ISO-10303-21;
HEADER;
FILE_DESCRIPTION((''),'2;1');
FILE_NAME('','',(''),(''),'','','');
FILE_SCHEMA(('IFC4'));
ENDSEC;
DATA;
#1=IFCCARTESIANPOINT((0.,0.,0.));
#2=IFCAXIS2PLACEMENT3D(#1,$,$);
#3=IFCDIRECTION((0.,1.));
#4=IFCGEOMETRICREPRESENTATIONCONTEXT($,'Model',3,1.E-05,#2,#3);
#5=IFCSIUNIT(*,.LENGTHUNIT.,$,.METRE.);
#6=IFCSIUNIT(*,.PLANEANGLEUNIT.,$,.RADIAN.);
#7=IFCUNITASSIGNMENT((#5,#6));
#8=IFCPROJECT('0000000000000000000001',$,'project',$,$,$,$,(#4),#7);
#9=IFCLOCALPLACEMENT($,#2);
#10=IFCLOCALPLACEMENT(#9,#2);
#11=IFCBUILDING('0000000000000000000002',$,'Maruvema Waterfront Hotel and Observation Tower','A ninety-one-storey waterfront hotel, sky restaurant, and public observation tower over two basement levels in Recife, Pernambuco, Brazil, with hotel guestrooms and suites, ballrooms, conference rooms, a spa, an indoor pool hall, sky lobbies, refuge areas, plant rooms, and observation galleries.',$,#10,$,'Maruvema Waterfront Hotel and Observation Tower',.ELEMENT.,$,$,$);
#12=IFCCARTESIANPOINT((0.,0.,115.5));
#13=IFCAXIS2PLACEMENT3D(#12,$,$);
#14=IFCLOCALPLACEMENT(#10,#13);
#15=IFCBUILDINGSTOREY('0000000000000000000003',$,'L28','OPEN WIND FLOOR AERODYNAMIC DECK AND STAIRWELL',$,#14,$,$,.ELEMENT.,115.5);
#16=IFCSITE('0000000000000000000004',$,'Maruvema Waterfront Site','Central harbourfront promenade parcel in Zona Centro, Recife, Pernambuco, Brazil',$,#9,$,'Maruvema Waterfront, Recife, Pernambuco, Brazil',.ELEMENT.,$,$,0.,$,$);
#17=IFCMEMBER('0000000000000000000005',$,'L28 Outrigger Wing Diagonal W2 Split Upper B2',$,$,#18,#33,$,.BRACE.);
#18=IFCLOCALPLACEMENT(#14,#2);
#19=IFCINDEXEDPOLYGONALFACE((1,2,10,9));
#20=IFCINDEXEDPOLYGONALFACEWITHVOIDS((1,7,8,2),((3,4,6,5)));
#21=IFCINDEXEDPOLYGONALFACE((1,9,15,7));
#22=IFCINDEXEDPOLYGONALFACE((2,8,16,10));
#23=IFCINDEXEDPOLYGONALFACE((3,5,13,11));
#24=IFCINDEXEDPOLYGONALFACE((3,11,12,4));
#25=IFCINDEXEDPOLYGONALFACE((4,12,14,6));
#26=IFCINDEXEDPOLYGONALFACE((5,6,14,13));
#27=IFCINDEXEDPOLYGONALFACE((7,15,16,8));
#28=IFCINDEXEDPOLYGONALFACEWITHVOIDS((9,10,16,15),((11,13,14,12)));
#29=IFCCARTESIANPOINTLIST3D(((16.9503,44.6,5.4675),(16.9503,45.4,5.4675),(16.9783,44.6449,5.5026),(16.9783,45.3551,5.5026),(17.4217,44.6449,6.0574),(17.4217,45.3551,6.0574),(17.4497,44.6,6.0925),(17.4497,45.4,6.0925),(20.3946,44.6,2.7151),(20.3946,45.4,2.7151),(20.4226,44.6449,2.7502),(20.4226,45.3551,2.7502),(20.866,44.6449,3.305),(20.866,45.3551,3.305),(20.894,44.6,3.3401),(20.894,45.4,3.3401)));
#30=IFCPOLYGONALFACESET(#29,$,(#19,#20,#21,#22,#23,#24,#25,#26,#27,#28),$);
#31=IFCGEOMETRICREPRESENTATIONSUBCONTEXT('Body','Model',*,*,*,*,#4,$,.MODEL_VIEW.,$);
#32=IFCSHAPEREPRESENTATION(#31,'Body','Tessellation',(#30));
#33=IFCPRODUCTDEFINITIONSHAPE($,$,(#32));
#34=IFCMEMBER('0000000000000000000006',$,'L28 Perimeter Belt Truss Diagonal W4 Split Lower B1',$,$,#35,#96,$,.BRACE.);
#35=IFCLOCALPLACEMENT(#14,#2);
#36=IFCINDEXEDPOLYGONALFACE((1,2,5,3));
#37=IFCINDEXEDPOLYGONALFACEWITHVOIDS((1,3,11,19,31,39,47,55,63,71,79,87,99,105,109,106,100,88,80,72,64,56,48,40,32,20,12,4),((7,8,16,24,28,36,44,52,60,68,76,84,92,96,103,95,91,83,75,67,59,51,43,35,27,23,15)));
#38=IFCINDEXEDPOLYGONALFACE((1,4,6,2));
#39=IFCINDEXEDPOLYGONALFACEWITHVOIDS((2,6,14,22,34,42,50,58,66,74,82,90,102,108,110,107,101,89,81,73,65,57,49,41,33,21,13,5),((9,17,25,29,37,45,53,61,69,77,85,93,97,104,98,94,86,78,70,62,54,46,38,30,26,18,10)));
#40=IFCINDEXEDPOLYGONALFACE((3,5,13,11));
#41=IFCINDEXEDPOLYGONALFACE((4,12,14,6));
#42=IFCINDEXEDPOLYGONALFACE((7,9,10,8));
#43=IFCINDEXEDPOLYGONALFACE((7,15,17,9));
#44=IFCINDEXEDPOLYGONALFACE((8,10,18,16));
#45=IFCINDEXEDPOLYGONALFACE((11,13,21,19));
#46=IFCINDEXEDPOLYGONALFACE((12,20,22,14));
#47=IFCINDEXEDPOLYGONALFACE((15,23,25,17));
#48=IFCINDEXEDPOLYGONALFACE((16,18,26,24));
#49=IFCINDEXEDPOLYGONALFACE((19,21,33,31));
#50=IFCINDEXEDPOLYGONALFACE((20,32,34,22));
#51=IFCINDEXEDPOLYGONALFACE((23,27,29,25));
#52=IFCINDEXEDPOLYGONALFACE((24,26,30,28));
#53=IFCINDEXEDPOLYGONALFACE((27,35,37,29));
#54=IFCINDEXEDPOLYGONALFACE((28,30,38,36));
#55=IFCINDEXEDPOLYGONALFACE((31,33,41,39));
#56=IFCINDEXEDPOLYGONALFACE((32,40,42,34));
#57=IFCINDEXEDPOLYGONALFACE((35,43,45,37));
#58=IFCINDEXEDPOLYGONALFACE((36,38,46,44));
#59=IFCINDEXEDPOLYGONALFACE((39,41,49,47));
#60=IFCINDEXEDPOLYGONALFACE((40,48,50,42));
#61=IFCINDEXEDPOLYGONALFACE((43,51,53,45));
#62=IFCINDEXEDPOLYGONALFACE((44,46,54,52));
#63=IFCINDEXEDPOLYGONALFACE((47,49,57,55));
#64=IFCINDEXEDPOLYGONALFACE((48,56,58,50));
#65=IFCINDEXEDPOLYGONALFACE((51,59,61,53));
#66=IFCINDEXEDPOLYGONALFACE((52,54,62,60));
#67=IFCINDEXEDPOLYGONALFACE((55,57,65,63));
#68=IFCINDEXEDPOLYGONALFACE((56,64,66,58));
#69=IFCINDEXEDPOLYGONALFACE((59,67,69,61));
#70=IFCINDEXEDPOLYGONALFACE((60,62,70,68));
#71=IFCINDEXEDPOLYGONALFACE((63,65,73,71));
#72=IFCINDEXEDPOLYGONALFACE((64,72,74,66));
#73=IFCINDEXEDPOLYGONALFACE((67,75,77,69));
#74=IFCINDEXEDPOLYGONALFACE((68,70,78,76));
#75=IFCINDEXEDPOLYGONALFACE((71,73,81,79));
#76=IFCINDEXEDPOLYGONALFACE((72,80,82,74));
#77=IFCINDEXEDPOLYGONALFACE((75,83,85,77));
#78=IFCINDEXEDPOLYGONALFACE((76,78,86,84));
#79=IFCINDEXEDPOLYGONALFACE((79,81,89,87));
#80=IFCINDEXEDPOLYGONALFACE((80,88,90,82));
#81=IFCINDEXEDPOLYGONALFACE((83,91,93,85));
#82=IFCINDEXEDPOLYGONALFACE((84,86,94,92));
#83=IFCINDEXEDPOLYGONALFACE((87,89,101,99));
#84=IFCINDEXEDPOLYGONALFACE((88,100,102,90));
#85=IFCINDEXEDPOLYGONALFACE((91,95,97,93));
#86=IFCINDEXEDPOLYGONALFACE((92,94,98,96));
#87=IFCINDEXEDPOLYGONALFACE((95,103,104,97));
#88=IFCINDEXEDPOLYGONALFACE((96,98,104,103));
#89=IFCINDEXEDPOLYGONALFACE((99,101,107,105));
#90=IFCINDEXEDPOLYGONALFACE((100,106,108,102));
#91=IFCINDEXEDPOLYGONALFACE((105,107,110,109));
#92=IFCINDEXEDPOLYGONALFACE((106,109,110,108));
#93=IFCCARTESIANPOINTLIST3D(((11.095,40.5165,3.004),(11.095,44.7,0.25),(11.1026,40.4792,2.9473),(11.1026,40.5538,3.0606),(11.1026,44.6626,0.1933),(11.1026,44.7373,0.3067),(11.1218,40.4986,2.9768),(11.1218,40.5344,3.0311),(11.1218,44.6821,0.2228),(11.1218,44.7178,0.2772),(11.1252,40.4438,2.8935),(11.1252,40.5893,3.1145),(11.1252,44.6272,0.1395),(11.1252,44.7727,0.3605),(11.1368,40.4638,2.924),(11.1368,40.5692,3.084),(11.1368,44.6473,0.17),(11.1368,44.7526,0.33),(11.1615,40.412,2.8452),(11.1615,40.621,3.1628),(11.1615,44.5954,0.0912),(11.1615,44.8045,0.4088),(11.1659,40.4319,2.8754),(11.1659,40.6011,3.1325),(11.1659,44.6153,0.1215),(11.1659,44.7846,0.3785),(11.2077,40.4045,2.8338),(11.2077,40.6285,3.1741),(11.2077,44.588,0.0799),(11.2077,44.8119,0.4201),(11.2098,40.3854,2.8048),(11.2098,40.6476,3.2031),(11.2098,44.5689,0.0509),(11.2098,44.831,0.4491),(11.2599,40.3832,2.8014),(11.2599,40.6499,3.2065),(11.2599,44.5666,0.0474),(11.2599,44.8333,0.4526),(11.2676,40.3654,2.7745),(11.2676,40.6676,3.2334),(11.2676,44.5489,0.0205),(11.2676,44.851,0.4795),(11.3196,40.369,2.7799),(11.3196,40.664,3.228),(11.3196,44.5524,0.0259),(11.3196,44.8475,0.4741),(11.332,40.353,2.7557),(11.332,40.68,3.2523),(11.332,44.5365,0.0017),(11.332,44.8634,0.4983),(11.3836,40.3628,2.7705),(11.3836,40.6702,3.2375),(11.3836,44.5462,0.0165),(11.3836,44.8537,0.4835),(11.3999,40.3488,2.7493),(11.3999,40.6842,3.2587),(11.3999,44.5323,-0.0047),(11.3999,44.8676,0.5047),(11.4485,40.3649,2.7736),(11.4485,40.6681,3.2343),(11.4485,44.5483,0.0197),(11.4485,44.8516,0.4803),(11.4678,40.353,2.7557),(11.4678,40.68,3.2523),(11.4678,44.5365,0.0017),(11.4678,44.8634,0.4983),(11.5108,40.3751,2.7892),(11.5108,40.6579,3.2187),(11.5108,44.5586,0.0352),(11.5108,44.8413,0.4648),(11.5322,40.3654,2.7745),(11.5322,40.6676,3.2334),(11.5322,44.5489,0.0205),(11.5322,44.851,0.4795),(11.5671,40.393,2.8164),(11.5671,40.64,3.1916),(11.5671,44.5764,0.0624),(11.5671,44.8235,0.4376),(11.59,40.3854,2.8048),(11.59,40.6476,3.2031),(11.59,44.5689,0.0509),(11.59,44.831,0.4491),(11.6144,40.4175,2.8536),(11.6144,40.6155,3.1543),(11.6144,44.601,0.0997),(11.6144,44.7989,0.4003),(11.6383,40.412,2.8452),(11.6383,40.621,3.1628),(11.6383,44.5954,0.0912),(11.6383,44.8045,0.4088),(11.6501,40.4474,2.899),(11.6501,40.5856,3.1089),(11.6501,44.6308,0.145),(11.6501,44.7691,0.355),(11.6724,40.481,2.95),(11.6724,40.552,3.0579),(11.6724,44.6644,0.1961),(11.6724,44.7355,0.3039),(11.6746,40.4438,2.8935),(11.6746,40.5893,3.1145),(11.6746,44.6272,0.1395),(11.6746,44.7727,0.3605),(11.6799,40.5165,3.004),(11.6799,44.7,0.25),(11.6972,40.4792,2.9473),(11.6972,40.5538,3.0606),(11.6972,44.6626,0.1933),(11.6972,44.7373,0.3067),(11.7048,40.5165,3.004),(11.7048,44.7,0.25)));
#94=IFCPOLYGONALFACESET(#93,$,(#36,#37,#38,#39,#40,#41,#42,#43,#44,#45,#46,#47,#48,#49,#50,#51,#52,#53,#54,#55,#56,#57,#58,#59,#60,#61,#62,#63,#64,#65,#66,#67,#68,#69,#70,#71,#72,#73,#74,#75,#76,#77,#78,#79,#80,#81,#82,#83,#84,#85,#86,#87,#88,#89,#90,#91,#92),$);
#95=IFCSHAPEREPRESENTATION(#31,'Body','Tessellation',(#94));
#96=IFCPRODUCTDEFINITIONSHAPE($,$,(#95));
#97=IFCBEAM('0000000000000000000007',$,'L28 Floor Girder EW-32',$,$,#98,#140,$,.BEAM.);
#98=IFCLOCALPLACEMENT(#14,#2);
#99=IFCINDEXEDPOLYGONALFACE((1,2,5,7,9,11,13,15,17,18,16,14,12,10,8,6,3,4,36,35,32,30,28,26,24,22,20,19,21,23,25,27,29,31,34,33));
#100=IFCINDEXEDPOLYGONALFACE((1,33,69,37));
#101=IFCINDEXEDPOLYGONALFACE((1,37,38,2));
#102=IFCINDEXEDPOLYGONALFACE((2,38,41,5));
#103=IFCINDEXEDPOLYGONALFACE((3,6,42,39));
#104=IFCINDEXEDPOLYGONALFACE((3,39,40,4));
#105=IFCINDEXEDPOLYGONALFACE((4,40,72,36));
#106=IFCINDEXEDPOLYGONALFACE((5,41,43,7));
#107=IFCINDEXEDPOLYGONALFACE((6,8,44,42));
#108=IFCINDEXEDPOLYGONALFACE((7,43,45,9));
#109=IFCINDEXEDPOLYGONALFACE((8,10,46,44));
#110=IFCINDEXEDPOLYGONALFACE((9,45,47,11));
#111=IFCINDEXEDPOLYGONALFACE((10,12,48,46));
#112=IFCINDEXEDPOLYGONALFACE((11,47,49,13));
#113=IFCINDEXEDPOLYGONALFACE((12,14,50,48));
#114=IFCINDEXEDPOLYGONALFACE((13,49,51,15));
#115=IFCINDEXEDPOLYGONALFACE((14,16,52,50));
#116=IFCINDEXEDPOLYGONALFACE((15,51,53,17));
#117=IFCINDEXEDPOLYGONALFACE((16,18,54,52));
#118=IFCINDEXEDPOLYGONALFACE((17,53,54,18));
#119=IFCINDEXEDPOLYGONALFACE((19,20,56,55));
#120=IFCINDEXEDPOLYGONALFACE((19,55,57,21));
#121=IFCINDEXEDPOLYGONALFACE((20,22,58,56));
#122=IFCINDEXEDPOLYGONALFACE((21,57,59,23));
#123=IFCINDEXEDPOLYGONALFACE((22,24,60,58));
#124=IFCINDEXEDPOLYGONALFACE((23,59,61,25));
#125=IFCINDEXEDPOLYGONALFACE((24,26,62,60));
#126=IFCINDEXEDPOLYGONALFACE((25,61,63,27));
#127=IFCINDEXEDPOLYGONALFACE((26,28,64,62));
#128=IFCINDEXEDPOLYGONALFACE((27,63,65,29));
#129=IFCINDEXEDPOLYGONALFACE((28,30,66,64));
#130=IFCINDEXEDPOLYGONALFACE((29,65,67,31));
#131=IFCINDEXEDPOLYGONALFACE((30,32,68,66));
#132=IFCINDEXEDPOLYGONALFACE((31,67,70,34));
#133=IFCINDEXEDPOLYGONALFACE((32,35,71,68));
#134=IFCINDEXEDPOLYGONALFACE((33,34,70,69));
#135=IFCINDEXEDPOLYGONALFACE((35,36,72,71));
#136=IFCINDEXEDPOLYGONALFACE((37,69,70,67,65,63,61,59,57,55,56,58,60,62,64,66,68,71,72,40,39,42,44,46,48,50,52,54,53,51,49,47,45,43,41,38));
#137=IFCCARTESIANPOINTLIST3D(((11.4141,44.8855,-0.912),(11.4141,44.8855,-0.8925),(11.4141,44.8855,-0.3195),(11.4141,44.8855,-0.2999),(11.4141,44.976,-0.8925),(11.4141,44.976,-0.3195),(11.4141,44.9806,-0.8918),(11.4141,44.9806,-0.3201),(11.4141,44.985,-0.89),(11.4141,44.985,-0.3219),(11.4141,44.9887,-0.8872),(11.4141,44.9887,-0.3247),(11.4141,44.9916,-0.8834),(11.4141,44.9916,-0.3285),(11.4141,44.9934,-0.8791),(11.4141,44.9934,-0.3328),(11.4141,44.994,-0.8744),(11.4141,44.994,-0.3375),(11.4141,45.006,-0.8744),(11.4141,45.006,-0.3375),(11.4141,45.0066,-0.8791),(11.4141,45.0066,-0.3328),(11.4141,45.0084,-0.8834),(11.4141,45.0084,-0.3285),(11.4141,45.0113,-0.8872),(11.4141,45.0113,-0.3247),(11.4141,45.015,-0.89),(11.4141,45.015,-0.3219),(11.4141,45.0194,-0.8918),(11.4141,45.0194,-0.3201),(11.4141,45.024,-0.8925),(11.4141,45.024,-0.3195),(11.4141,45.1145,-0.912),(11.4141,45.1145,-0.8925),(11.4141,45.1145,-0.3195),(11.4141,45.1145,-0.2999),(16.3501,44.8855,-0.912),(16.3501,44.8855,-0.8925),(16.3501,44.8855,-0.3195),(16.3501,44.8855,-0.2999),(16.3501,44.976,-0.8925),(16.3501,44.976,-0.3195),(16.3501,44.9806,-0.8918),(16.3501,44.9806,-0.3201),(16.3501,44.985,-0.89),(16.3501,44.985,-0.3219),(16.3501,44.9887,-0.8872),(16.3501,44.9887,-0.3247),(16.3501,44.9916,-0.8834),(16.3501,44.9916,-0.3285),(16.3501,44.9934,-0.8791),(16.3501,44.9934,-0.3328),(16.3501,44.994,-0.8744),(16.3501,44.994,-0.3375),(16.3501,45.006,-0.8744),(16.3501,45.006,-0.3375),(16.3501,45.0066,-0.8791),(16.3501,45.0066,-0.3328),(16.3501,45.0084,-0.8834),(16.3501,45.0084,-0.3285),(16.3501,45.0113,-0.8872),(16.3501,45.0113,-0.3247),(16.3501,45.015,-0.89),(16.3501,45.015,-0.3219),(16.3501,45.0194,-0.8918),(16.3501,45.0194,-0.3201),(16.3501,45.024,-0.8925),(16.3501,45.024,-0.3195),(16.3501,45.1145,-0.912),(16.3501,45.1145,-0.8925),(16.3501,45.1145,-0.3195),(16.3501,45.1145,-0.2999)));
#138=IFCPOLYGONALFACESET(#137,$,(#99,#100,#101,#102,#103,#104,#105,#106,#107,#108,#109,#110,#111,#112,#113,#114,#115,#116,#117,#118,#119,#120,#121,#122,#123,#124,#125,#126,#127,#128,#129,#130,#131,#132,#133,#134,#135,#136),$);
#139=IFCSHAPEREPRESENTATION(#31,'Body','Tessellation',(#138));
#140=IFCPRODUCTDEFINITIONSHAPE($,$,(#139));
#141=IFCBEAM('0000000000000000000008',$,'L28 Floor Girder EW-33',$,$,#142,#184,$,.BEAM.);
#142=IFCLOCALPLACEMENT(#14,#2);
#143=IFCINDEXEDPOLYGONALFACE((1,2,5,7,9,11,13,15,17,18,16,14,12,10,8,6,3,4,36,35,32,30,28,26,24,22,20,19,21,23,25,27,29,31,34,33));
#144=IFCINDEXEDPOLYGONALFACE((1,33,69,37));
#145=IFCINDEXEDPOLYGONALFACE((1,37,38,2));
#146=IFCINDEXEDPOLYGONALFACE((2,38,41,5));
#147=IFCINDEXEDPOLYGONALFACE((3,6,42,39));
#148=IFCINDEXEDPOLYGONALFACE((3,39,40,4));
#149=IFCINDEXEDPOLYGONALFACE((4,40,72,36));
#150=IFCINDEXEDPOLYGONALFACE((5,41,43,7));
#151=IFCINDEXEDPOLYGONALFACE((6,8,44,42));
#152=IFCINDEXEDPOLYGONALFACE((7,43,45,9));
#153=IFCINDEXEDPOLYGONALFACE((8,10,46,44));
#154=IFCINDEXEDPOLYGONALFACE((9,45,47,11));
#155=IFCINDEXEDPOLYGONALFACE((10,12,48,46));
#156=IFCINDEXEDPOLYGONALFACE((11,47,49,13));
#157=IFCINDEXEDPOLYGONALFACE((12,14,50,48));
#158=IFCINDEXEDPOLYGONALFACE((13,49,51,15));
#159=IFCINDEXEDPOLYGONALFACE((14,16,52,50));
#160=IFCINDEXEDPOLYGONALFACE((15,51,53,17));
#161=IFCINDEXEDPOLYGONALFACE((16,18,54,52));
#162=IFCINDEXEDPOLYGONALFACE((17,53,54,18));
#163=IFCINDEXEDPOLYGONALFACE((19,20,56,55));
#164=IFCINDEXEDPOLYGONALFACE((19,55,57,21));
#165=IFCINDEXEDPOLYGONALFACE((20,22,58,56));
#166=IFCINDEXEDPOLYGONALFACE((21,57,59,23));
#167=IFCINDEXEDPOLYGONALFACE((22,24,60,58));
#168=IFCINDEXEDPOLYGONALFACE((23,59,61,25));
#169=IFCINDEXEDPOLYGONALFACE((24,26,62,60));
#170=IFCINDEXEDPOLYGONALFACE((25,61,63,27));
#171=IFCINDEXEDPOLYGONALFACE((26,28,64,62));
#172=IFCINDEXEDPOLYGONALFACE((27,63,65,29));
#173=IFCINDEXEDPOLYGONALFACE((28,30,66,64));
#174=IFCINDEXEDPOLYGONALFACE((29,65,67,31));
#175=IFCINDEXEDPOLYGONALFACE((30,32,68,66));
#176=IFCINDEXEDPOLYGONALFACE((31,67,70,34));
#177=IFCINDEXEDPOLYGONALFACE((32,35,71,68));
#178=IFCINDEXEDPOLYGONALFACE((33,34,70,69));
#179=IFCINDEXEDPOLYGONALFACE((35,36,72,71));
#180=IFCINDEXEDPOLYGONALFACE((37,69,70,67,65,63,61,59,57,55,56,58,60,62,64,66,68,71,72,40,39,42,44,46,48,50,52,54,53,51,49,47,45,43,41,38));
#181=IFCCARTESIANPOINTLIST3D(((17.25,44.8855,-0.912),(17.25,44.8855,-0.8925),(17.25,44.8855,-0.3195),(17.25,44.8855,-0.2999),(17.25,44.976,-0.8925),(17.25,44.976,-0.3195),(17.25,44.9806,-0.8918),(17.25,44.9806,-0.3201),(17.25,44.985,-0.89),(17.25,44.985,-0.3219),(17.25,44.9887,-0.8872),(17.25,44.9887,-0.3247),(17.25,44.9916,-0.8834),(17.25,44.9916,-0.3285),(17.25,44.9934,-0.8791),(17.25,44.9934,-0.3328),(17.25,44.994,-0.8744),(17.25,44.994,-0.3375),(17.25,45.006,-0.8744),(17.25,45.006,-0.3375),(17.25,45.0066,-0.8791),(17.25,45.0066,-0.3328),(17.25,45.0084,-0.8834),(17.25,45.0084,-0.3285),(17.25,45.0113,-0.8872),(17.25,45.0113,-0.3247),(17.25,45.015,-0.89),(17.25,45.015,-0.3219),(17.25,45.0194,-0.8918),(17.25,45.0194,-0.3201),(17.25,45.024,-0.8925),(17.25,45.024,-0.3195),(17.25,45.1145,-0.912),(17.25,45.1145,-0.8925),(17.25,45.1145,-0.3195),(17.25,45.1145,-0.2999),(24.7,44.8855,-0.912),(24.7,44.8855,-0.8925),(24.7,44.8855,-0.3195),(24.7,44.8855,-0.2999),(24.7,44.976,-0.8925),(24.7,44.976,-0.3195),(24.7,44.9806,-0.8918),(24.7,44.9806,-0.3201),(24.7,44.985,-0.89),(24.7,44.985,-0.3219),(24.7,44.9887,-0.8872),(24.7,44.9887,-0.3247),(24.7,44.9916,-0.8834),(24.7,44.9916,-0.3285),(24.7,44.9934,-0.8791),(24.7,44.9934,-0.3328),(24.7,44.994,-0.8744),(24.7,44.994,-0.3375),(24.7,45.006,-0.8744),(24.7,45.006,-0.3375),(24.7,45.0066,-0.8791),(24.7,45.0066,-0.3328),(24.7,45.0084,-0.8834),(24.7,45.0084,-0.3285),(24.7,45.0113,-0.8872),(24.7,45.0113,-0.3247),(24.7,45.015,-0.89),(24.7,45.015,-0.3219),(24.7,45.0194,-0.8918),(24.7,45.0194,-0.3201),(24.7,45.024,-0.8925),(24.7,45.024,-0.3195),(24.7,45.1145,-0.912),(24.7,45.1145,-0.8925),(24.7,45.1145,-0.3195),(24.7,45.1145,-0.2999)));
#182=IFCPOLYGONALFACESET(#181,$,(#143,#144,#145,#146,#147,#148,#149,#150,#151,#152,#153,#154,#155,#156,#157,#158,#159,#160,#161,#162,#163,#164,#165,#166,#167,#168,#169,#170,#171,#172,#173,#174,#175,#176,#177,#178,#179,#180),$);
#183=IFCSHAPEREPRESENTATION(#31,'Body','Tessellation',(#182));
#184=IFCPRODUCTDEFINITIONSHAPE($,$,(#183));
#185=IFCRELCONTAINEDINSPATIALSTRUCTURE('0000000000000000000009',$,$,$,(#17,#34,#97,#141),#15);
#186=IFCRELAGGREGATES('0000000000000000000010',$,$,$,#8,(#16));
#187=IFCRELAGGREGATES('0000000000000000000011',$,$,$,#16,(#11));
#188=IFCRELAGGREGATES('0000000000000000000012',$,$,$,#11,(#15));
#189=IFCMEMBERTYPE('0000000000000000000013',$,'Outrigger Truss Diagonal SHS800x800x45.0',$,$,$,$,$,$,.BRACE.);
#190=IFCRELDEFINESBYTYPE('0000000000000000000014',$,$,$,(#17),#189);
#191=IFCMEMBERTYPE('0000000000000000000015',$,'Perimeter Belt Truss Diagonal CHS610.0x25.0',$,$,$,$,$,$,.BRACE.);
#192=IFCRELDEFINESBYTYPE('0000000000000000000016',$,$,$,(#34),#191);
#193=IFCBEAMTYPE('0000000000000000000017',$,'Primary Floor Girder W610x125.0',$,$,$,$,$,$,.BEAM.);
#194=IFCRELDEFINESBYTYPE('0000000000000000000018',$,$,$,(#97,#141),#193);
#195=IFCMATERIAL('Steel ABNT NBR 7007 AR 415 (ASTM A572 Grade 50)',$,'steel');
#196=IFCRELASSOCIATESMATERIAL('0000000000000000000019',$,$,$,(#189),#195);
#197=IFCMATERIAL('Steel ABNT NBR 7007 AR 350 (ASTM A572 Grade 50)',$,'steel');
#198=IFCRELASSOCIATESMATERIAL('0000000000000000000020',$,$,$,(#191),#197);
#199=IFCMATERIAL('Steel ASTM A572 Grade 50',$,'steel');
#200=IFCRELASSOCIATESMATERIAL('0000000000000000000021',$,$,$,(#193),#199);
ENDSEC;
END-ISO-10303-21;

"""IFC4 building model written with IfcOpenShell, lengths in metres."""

from ifc_helpers import new_model, si_unit, direction, frame, origin, origin_2d, place, context, subcontext, project, spatial, hollow_rectangle, hollow_circle, i_section, extrude, material, material_profile, profile_set, type_object, element, save


model = new_model("IFC4")

# Units and contexts
model_context = context("Model", 3, precision=1e-05, world=origin(), true_north=direction((0.0, 1.0)))
body_context = subcontext(model_context, "Body", "Model", "MODEL_VIEW")
ifc_project = project(units=[si_unit("LENGTHUNIT", "METRE"), si_unit("PLANEANGLEUNIT", "RADIAN")], contexts=[model_context])

# Site, building, storey
site_placement = place(None, origin())
site = spatial("IfcSite", under=ifc_project, at=site_placement, Name="Maruvema Waterfront Site", Description="Central harbourfront promenade parcel in Zona Centro, Recife, Pernambuco, Brazil", LongName="Maruvema Waterfront, Recife, Pernambuco, Brazil", CompositionType="ELEMENT", RefElevation=0.0)
building_placement = place(site_placement, origin())
building = spatial("IfcBuilding", under=site, at=building_placement, Name="Maruvema Waterfront Hotel and Observation Tower", Description="A ninety-one-storey waterfront hotel, sky restaurant, and public observation tower over two basement levels in Recife, Pernambuco, Brazil, with hotel guestrooms and suites, ballrooms, conference rooms, a spa, an indoor pool hall, sky lobbies, refuge areas, plant rooms, and observation galleries.", LongName="Maruvema Waterfront Hotel and Observation Tower", CompositionType="ELEMENT")
storey_placement = place(building_placement, frame((0.0, 0.0, 115.5)))
storey = spatial("IfcBuildingStorey", under=building, at=storey_placement, Name="L28", Description="OPEN WIND FLOOR AERODYNAMIC DECK AND STAIRWELL", CompositionType="ELEMENT", Elevation=115.5)

# Members
ifc_material_1 = material(Name="Steel ABNT NBR 7007 AR 415 (ASTM A572 Grade 50)", Category="steel")
ifc_material_profile_1 = material_profile(ifc_material_1, hollow_rectangle(XDim=0.8, YDim=0.8, WallThickness=0.0449, at=origin_2d()), Name="SHS800x800x45.0")
ifc_profile_set_1 = profile_set([ifc_material_profile_1], Name="Steel ABNT NBR 7007 AR 415 (ASTM A572 Grade 50)")
member_type_1 = type_object("IfcMemberType", Name="Outrigger Truss Diagonal SHS800x800x45.0", PredefinedType="BRACE", material=ifc_profile_set_1)
member_1_placement = place(storey_placement, frame((20.6443, 45.0, 3.0276), z_axis=(-0.781204, 0.0, 0.624276), x_axis=(0.0, -1.0, 0.0)))
element("IfcMember", 1, at=member_1_placement, inside=storey, type_object=member_type_1, Name="L28 Outrigger Wing Diagonal W2 Split Upper B2", PredefinedType="BRACE", context=body_context, shape_type="SweptSolid", body=[
    extrude(hollow_rectangle(XDim=0.8, YDim=0.8, WallThickness=0.0449, at=origin_2d()), origin(), (0.0, 0.0, 1.0), 4.4089),
])
ifc_material_2 = material(Name="Steel ABNT NBR 7007 AR 350 (ASTM A572 Grade 50)", Category="steel")
ifc_material_profile_2 = material_profile(ifc_material_2, hollow_circle(Radius=0.3049, WallThickness=0.0249, at=origin_2d()), Name="CHS610.0x25.0")
ifc_profile_set_2 = profile_set([ifc_material_profile_2], Name="Steel ABNT NBR 7007 AR 350 (ASTM A572 Grade 50)")
member_type_2 = type_object("IfcMemberType", Name="Perimeter Belt Truss Diagonal CHS610.0x25.0", PredefinedType="BRACE", material=ifc_profile_set_2)
member_2_placement = place(storey_placement, frame((11.3999, 44.7, 0.25), z_axis=(0.0, -0.835261, 0.549854), x_axis=(1.0, 0.0, 0.0)))
element("IfcMember", 2, at=member_2_placement, inside=storey, type_object=member_type_2, Name="L28 Perimeter Belt Truss Diagonal W4 Split Lower B1", PredefinedType="BRACE", context=body_context, shape_type="SweptSolid", body=[
    extrude(hollow_circle(Radius=0.3049, WallThickness=0.0249, at=origin_2d()), origin(), (0.0, 0.0, 1.0), 5.0085),
])

# Beams
ifc_material_3 = material(Name="Steel ASTM A572 Grade 50", Category="steel")
ifc_material_profile_3 = material_profile(ifc_material_3, i_section(OverallWidth=0.229, OverallDepth=0.6121, WebThickness=0.012, FlangeThickness=0.0195, FilletRadius=0.0181, at=origin_2d()), Name="W610x125.0")
ifc_profile_set_3 = profile_set([ifc_material_profile_3], Name="Steel ASTM A572 Grade 50")
beam_type_1 = type_object("IfcBeamType", Name="Primary Floor Girder W610x125.0", PredefinedType="BEAM", material=ifc_profile_set_3)
beam_1_placement = place(storey_placement, frame((11.4141, 45.0, -0.606), z_axis=(1.0, 0.0, 0.0), x_axis=(0.0, 1.0, 0.0)))
element("IfcBeam", 3, at=beam_1_placement, inside=storey, type_object=beam_type_1, Name="L28 Floor Girder EW-32", PredefinedType="BEAM", context=body_context, shape_type="SweptSolid", body=[
    extrude(i_section(OverallWidth=0.229, OverallDepth=0.6121, WebThickness=0.012, FlangeThickness=0.0195, FilletRadius=0.0181, at=origin_2d()), origin(), (0.0, 0.0, 1.0), 4.936),
])
beam_2_placement = place(storey_placement, frame((17.25, 45.0, -0.606), z_axis=(1.0, 0.0, 0.0), x_axis=(0.0, 1.0, 0.0)))
element("IfcBeam", 4, at=beam_2_placement, inside=storey, type_object=beam_type_1, Name="L28 Floor Girder EW-33", PredefinedType="BEAM", context=body_context, shape_type="SweptSolid", body=[
    extrude(i_section(OverallWidth=0.229, OverallDepth=0.6121, WebThickness=0.012, FlangeThickness=0.0195, FilletRadius=0.0181, at=origin_2d()), origin(), (0.0, 0.0, 1.0), 7.45),
])

save(model, "model.ifc")
